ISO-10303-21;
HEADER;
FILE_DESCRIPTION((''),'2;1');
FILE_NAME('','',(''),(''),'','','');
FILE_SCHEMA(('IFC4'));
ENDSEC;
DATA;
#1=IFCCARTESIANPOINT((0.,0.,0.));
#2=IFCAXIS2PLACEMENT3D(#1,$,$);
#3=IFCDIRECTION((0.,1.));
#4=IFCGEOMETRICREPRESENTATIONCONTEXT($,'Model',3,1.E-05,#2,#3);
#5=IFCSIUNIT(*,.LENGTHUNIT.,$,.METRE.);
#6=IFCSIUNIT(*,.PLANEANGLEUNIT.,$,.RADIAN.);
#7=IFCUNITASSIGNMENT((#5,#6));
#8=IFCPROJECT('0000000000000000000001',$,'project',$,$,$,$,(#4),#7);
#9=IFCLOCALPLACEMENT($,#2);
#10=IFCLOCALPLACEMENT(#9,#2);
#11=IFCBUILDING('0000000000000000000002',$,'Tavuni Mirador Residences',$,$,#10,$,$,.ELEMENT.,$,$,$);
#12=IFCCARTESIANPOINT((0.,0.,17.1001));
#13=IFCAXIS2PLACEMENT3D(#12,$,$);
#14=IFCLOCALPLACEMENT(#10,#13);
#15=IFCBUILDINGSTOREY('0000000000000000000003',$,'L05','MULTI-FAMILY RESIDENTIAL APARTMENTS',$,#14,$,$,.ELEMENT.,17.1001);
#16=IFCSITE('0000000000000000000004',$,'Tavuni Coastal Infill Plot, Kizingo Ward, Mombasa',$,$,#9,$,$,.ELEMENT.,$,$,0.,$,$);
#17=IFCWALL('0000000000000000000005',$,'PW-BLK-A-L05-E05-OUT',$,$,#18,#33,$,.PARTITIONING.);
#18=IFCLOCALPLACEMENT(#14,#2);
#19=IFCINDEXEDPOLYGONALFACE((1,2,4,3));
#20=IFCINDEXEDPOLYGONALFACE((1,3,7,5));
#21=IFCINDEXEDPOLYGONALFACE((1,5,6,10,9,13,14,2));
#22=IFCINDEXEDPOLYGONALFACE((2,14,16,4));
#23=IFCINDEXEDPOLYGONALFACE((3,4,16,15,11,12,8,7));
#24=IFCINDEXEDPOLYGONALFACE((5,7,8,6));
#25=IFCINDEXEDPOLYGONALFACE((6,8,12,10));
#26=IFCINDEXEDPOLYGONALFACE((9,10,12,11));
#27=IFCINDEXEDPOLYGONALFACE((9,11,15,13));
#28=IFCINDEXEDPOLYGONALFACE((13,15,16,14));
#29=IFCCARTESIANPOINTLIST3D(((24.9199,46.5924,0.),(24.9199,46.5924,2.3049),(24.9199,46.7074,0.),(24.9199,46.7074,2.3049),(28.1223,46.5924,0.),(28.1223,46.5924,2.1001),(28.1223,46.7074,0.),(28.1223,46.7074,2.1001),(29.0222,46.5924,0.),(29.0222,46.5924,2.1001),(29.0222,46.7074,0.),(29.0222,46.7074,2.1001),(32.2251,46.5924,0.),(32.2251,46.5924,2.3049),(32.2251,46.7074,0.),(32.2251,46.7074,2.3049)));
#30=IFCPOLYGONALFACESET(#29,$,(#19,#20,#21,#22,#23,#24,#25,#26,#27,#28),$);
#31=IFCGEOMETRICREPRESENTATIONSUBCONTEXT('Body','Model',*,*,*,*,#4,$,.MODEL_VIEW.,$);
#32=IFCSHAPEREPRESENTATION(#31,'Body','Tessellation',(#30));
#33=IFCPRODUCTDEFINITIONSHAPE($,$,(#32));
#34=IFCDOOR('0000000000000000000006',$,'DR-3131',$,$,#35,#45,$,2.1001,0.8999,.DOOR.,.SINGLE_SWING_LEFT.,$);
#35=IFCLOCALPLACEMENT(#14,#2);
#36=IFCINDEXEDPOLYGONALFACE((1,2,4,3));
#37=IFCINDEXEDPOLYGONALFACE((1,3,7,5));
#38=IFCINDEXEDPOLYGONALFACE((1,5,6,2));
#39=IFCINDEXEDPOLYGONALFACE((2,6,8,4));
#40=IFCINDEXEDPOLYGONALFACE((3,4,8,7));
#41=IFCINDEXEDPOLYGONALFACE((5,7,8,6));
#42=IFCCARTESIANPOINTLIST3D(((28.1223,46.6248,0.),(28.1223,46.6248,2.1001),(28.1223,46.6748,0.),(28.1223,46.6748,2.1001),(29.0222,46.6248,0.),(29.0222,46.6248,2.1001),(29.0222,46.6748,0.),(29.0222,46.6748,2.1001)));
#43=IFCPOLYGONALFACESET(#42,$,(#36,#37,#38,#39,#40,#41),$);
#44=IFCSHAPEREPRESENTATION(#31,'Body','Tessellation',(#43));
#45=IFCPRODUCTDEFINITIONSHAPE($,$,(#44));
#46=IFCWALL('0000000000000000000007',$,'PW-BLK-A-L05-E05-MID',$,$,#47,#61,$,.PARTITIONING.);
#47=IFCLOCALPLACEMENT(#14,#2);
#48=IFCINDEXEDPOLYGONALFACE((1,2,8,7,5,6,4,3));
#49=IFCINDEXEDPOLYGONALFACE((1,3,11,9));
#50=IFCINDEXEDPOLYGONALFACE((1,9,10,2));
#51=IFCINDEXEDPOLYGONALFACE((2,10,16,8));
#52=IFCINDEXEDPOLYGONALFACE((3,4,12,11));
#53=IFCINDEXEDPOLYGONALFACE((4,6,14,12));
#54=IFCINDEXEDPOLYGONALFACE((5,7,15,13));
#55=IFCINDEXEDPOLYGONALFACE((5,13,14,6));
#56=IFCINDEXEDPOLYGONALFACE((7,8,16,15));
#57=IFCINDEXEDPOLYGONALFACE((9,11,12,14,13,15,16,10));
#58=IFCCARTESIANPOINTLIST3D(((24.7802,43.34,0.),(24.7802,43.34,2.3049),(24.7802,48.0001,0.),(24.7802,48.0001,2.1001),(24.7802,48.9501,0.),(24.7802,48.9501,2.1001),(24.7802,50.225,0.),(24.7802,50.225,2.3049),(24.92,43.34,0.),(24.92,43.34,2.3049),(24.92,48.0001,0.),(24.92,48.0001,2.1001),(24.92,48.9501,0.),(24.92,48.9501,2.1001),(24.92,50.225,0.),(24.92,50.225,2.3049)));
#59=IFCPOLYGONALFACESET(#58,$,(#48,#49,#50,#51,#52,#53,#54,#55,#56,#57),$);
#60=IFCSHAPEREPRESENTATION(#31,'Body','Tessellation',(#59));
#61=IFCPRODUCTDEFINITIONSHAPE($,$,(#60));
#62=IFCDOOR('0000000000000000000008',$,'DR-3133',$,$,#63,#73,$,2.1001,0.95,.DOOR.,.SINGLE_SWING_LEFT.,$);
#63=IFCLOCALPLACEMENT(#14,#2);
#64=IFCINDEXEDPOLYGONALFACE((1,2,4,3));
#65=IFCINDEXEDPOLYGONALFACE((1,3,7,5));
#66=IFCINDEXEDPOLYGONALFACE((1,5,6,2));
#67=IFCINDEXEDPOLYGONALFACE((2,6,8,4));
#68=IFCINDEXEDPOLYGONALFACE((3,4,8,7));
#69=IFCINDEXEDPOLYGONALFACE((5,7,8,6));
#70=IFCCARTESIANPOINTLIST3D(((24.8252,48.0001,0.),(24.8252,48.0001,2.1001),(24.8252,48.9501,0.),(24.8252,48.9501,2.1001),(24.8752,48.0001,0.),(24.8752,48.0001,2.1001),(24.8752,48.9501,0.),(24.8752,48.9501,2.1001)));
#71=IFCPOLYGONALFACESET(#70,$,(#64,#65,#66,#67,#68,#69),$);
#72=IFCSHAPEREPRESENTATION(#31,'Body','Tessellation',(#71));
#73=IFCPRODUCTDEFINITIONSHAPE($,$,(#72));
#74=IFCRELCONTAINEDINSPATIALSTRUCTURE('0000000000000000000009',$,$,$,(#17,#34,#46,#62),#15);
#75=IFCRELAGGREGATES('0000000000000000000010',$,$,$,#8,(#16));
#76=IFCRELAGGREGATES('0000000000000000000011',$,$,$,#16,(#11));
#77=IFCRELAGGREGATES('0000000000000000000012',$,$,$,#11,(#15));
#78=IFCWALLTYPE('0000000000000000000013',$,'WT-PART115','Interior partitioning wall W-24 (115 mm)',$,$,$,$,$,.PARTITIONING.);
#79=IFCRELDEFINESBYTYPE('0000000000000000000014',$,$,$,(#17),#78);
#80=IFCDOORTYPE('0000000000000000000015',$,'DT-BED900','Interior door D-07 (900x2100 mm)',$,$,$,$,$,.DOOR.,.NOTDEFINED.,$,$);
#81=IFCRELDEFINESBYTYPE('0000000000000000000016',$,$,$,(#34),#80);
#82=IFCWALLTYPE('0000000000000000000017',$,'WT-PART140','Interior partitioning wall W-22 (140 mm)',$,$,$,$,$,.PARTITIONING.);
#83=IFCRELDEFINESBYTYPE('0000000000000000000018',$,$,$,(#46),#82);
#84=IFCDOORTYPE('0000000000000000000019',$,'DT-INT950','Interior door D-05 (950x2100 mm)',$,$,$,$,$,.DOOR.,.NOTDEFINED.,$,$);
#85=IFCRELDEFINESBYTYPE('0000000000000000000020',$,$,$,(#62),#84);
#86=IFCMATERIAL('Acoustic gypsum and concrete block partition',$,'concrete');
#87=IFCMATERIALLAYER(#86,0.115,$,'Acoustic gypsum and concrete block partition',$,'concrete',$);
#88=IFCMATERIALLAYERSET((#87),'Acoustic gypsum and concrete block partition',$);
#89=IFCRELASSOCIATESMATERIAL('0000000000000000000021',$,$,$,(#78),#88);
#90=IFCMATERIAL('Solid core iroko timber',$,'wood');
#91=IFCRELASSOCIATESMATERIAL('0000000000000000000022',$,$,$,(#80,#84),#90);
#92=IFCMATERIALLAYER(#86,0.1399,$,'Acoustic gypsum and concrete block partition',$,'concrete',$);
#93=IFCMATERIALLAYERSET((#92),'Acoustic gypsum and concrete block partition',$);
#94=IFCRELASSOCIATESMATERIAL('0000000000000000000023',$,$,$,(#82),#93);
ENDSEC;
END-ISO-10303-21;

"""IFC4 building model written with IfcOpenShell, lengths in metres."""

from ifc_helpers import new_model, si_unit, direction, frame, frame_2d, origin, place, context, subcontext, project, spatial, rectangle, extrude, material, layer, layer_set, type_object, element, fill, save


model = new_model("IFC4")

# Units and contexts
model_context = context("Model", 3, precision=1e-05, world=origin(), true_north=direction((0.0, 1.0)))
body_context = subcontext(model_context, "Body", "Model", "MODEL_VIEW")
ifc_project = project(units=[si_unit("LENGTHUNIT", "METRE"), si_unit("PLANEANGLEUNIT", "RADIAN")], contexts=[model_context])

# Site, building, storey
site_placement = place(None, origin())
site = spatial("IfcSite", under=ifc_project, at=site_placement, Name="Tavuni Coastal Infill Plot, Kizingo Ward, Mombasa", CompositionType="ELEMENT", RefElevation=0.0)
building_placement = place(site_placement, origin())
building = spatial("IfcBuilding", under=site, at=building_placement, Name="Tavuni Mirador Residences", CompositionType="ELEMENT")
storey_placement = place(building_placement, frame((0.0, 0.0, 17.1001)))
storey = spatial("IfcBuildingStorey", under=building, at=storey_placement, Name="L05", Description="MULTI-FAMILY RESIDENTIAL APARTMENTS", CompositionType="ELEMENT", Elevation=17.1001)

# Shared definitions
ifc_material_1 = material(Name="Solid core iroko timber", Category="wood")

# Walls, openings, doors
ifc_material_2 = material(Name="Acoustic gypsum and concrete block partition", Category="concrete")
ifc_layer_1 = layer(ifc_material_2, 0.115, Name="Acoustic gypsum and concrete block partition", Category="concrete")
ifc_layer_set_1 = layer_set([ifc_layer_1], Name="Acoustic gypsum and concrete block partition")
wall_type_1 = type_object("IfcWallType", Name="WT-PART115", Description="Interior partitioning wall W-24 (115 mm)", PredefinedType="PARTITIONING", material=ifc_layer_set_1)
wall_1_placement = place(storey_placement, frame((24.9199, 46.6499, 0.0), z_axis=(0.0, 0.0, 1.0), x_axis=(1.0, 0.0, 0.0)))
wall_1 = element("IfcWall", 1, at=wall_1_placement, inside=storey, type_object=wall_type_1, Name="PW-BLK-A-L05-E05-OUT", PredefinedType="PARTITIONING", context=body_context, shape_type="SweptSolid", body=[
    extrude(rectangle(XDim=7.3052, YDim=0.115, at=frame_2d((3.6526, 0.0))), origin(), (0.0, 0.0, 1.0), 2.3049),
])
opening_1_placement = place(wall_1_placement, frame((3.2024, 0.0, 0.0)))
opening_1 = element("IfcOpeningElement", 2, at=opening_1_placement, cuts=wall_1, PredefinedType="OPENING", context=body_context, shape_type="SweptSolid", body=[
    extrude(rectangle(XDim=0.8999, YDim=2.1001, at=frame_2d((0.45, 1.05))), frame((0.0, 0.0674, 0.0), z_axis=(0.0, -1.0, 0.0), x_axis=(1.0, 0.0, 0.0)), (0.0, 0.0, 1.0), 0.135),
])
door_type_1 = type_object("IfcDoorType", Name="DT-BED900", Description="Interior door D-07 (900x2100 mm)", OperationType="NOTDEFINED", PredefinedType="DOOR", material=ifc_material_1)
door_1_placement = place(opening_1_placement, origin())
door_1 = element("IfcDoor", 3, at=door_1_placement, inside=storey, type_object=door_type_1, Name="DR-3131", OperationType="SINGLE_SWING_LEFT", OverallHeight=2.1001, OverallWidth=0.8999, PredefinedType="DOOR", context=body_context, shape_type="SweptSolid", body=[
    extrude(rectangle(XDim=0.8999, YDim=2.1001, at=frame_2d((0.45, 1.05))), frame((0.0, 0.0249, 0.0), z_axis=(0.0, -1.0, 0.0), x_axis=(1.0, 0.0, 0.0)), (0.0, 0.0, 1.0), 0.05),
])
fill(opening_1, door_1)
ifc_layer_2 = layer(ifc_material_2, 0.1399, Name="Acoustic gypsum and concrete block partition", Category="concrete")
ifc_layer_set_2 = layer_set([ifc_layer_2], Name="Acoustic gypsum and concrete block partition")
wall_type_2 = type_object("IfcWallType", Name="WT-PART140", Description="Interior partitioning wall W-22 (140 mm)", PredefinedType="PARTITIONING", material=ifc_layer_set_2)
wall_2_placement = place(storey_placement, frame((24.8501, 43.3401, 0.0), z_axis=(0.0, 0.0, 1.0), x_axis=(0.0, 1.0, 0.0)))
wall_2 = element("IfcWall", 4, at=wall_2_placement, inside=storey, type_object=wall_type_2, Name="PW-BLK-A-L05-E05-MID", PredefinedType="PARTITIONING", context=body_context, shape_type="SweptSolid", body=[
    extrude(rectangle(XDim=6.885, YDim=0.1399, at=frame_2d((3.4424, 0.0))), origin(), (0.0, 0.0, 1.0), 2.3049),
])
opening_2_placement = place(wall_2_placement, frame((4.6599, 0.0, 0.0)))
opening_2 = element("IfcOpeningElement", 5, at=opening_2_placement, cuts=wall_2, PredefinedType="OPENING", context=body_context, shape_type="SweptSolid", body=[
    extrude(rectangle(XDim=0.95, YDim=2.1001, at=frame_2d((0.4751, 1.05))), frame((0.0, 0.0801, 0.0), z_axis=(0.0, -1.0, 0.0), x_axis=(1.0, 0.0, 0.0)), (0.0, 0.0, 1.0), 0.1599),
])
door_type_2 = type_object("IfcDoorType", Name="DT-INT950", Description="Interior door D-05 (950x2100 mm)", OperationType="NOTDEFINED", PredefinedType="DOOR", material=ifc_material_1)
door_2_placement = place(opening_2_placement, origin())
door_2 = element("IfcDoor", 6, at=door_2_placement, inside=storey, type_object=door_type_2, Name="DR-3133", OperationType="SINGLE_SWING_LEFT", OverallHeight=2.1001, OverallWidth=0.95, PredefinedType="DOOR", context=body_context, shape_type="SweptSolid", body=[
    extrude(rectangle(XDim=0.95, YDim=2.1001, at=frame_2d((0.4751, 1.05))), frame((0.0, 0.0249, 0.0), z_axis=(0.0, -1.0, 0.0), x_axis=(1.0, 0.0, 0.0)), (0.0, 0.0, 1.0), 0.05),
])
fill(opening_2, door_2)

save(model, "model.ifc")
